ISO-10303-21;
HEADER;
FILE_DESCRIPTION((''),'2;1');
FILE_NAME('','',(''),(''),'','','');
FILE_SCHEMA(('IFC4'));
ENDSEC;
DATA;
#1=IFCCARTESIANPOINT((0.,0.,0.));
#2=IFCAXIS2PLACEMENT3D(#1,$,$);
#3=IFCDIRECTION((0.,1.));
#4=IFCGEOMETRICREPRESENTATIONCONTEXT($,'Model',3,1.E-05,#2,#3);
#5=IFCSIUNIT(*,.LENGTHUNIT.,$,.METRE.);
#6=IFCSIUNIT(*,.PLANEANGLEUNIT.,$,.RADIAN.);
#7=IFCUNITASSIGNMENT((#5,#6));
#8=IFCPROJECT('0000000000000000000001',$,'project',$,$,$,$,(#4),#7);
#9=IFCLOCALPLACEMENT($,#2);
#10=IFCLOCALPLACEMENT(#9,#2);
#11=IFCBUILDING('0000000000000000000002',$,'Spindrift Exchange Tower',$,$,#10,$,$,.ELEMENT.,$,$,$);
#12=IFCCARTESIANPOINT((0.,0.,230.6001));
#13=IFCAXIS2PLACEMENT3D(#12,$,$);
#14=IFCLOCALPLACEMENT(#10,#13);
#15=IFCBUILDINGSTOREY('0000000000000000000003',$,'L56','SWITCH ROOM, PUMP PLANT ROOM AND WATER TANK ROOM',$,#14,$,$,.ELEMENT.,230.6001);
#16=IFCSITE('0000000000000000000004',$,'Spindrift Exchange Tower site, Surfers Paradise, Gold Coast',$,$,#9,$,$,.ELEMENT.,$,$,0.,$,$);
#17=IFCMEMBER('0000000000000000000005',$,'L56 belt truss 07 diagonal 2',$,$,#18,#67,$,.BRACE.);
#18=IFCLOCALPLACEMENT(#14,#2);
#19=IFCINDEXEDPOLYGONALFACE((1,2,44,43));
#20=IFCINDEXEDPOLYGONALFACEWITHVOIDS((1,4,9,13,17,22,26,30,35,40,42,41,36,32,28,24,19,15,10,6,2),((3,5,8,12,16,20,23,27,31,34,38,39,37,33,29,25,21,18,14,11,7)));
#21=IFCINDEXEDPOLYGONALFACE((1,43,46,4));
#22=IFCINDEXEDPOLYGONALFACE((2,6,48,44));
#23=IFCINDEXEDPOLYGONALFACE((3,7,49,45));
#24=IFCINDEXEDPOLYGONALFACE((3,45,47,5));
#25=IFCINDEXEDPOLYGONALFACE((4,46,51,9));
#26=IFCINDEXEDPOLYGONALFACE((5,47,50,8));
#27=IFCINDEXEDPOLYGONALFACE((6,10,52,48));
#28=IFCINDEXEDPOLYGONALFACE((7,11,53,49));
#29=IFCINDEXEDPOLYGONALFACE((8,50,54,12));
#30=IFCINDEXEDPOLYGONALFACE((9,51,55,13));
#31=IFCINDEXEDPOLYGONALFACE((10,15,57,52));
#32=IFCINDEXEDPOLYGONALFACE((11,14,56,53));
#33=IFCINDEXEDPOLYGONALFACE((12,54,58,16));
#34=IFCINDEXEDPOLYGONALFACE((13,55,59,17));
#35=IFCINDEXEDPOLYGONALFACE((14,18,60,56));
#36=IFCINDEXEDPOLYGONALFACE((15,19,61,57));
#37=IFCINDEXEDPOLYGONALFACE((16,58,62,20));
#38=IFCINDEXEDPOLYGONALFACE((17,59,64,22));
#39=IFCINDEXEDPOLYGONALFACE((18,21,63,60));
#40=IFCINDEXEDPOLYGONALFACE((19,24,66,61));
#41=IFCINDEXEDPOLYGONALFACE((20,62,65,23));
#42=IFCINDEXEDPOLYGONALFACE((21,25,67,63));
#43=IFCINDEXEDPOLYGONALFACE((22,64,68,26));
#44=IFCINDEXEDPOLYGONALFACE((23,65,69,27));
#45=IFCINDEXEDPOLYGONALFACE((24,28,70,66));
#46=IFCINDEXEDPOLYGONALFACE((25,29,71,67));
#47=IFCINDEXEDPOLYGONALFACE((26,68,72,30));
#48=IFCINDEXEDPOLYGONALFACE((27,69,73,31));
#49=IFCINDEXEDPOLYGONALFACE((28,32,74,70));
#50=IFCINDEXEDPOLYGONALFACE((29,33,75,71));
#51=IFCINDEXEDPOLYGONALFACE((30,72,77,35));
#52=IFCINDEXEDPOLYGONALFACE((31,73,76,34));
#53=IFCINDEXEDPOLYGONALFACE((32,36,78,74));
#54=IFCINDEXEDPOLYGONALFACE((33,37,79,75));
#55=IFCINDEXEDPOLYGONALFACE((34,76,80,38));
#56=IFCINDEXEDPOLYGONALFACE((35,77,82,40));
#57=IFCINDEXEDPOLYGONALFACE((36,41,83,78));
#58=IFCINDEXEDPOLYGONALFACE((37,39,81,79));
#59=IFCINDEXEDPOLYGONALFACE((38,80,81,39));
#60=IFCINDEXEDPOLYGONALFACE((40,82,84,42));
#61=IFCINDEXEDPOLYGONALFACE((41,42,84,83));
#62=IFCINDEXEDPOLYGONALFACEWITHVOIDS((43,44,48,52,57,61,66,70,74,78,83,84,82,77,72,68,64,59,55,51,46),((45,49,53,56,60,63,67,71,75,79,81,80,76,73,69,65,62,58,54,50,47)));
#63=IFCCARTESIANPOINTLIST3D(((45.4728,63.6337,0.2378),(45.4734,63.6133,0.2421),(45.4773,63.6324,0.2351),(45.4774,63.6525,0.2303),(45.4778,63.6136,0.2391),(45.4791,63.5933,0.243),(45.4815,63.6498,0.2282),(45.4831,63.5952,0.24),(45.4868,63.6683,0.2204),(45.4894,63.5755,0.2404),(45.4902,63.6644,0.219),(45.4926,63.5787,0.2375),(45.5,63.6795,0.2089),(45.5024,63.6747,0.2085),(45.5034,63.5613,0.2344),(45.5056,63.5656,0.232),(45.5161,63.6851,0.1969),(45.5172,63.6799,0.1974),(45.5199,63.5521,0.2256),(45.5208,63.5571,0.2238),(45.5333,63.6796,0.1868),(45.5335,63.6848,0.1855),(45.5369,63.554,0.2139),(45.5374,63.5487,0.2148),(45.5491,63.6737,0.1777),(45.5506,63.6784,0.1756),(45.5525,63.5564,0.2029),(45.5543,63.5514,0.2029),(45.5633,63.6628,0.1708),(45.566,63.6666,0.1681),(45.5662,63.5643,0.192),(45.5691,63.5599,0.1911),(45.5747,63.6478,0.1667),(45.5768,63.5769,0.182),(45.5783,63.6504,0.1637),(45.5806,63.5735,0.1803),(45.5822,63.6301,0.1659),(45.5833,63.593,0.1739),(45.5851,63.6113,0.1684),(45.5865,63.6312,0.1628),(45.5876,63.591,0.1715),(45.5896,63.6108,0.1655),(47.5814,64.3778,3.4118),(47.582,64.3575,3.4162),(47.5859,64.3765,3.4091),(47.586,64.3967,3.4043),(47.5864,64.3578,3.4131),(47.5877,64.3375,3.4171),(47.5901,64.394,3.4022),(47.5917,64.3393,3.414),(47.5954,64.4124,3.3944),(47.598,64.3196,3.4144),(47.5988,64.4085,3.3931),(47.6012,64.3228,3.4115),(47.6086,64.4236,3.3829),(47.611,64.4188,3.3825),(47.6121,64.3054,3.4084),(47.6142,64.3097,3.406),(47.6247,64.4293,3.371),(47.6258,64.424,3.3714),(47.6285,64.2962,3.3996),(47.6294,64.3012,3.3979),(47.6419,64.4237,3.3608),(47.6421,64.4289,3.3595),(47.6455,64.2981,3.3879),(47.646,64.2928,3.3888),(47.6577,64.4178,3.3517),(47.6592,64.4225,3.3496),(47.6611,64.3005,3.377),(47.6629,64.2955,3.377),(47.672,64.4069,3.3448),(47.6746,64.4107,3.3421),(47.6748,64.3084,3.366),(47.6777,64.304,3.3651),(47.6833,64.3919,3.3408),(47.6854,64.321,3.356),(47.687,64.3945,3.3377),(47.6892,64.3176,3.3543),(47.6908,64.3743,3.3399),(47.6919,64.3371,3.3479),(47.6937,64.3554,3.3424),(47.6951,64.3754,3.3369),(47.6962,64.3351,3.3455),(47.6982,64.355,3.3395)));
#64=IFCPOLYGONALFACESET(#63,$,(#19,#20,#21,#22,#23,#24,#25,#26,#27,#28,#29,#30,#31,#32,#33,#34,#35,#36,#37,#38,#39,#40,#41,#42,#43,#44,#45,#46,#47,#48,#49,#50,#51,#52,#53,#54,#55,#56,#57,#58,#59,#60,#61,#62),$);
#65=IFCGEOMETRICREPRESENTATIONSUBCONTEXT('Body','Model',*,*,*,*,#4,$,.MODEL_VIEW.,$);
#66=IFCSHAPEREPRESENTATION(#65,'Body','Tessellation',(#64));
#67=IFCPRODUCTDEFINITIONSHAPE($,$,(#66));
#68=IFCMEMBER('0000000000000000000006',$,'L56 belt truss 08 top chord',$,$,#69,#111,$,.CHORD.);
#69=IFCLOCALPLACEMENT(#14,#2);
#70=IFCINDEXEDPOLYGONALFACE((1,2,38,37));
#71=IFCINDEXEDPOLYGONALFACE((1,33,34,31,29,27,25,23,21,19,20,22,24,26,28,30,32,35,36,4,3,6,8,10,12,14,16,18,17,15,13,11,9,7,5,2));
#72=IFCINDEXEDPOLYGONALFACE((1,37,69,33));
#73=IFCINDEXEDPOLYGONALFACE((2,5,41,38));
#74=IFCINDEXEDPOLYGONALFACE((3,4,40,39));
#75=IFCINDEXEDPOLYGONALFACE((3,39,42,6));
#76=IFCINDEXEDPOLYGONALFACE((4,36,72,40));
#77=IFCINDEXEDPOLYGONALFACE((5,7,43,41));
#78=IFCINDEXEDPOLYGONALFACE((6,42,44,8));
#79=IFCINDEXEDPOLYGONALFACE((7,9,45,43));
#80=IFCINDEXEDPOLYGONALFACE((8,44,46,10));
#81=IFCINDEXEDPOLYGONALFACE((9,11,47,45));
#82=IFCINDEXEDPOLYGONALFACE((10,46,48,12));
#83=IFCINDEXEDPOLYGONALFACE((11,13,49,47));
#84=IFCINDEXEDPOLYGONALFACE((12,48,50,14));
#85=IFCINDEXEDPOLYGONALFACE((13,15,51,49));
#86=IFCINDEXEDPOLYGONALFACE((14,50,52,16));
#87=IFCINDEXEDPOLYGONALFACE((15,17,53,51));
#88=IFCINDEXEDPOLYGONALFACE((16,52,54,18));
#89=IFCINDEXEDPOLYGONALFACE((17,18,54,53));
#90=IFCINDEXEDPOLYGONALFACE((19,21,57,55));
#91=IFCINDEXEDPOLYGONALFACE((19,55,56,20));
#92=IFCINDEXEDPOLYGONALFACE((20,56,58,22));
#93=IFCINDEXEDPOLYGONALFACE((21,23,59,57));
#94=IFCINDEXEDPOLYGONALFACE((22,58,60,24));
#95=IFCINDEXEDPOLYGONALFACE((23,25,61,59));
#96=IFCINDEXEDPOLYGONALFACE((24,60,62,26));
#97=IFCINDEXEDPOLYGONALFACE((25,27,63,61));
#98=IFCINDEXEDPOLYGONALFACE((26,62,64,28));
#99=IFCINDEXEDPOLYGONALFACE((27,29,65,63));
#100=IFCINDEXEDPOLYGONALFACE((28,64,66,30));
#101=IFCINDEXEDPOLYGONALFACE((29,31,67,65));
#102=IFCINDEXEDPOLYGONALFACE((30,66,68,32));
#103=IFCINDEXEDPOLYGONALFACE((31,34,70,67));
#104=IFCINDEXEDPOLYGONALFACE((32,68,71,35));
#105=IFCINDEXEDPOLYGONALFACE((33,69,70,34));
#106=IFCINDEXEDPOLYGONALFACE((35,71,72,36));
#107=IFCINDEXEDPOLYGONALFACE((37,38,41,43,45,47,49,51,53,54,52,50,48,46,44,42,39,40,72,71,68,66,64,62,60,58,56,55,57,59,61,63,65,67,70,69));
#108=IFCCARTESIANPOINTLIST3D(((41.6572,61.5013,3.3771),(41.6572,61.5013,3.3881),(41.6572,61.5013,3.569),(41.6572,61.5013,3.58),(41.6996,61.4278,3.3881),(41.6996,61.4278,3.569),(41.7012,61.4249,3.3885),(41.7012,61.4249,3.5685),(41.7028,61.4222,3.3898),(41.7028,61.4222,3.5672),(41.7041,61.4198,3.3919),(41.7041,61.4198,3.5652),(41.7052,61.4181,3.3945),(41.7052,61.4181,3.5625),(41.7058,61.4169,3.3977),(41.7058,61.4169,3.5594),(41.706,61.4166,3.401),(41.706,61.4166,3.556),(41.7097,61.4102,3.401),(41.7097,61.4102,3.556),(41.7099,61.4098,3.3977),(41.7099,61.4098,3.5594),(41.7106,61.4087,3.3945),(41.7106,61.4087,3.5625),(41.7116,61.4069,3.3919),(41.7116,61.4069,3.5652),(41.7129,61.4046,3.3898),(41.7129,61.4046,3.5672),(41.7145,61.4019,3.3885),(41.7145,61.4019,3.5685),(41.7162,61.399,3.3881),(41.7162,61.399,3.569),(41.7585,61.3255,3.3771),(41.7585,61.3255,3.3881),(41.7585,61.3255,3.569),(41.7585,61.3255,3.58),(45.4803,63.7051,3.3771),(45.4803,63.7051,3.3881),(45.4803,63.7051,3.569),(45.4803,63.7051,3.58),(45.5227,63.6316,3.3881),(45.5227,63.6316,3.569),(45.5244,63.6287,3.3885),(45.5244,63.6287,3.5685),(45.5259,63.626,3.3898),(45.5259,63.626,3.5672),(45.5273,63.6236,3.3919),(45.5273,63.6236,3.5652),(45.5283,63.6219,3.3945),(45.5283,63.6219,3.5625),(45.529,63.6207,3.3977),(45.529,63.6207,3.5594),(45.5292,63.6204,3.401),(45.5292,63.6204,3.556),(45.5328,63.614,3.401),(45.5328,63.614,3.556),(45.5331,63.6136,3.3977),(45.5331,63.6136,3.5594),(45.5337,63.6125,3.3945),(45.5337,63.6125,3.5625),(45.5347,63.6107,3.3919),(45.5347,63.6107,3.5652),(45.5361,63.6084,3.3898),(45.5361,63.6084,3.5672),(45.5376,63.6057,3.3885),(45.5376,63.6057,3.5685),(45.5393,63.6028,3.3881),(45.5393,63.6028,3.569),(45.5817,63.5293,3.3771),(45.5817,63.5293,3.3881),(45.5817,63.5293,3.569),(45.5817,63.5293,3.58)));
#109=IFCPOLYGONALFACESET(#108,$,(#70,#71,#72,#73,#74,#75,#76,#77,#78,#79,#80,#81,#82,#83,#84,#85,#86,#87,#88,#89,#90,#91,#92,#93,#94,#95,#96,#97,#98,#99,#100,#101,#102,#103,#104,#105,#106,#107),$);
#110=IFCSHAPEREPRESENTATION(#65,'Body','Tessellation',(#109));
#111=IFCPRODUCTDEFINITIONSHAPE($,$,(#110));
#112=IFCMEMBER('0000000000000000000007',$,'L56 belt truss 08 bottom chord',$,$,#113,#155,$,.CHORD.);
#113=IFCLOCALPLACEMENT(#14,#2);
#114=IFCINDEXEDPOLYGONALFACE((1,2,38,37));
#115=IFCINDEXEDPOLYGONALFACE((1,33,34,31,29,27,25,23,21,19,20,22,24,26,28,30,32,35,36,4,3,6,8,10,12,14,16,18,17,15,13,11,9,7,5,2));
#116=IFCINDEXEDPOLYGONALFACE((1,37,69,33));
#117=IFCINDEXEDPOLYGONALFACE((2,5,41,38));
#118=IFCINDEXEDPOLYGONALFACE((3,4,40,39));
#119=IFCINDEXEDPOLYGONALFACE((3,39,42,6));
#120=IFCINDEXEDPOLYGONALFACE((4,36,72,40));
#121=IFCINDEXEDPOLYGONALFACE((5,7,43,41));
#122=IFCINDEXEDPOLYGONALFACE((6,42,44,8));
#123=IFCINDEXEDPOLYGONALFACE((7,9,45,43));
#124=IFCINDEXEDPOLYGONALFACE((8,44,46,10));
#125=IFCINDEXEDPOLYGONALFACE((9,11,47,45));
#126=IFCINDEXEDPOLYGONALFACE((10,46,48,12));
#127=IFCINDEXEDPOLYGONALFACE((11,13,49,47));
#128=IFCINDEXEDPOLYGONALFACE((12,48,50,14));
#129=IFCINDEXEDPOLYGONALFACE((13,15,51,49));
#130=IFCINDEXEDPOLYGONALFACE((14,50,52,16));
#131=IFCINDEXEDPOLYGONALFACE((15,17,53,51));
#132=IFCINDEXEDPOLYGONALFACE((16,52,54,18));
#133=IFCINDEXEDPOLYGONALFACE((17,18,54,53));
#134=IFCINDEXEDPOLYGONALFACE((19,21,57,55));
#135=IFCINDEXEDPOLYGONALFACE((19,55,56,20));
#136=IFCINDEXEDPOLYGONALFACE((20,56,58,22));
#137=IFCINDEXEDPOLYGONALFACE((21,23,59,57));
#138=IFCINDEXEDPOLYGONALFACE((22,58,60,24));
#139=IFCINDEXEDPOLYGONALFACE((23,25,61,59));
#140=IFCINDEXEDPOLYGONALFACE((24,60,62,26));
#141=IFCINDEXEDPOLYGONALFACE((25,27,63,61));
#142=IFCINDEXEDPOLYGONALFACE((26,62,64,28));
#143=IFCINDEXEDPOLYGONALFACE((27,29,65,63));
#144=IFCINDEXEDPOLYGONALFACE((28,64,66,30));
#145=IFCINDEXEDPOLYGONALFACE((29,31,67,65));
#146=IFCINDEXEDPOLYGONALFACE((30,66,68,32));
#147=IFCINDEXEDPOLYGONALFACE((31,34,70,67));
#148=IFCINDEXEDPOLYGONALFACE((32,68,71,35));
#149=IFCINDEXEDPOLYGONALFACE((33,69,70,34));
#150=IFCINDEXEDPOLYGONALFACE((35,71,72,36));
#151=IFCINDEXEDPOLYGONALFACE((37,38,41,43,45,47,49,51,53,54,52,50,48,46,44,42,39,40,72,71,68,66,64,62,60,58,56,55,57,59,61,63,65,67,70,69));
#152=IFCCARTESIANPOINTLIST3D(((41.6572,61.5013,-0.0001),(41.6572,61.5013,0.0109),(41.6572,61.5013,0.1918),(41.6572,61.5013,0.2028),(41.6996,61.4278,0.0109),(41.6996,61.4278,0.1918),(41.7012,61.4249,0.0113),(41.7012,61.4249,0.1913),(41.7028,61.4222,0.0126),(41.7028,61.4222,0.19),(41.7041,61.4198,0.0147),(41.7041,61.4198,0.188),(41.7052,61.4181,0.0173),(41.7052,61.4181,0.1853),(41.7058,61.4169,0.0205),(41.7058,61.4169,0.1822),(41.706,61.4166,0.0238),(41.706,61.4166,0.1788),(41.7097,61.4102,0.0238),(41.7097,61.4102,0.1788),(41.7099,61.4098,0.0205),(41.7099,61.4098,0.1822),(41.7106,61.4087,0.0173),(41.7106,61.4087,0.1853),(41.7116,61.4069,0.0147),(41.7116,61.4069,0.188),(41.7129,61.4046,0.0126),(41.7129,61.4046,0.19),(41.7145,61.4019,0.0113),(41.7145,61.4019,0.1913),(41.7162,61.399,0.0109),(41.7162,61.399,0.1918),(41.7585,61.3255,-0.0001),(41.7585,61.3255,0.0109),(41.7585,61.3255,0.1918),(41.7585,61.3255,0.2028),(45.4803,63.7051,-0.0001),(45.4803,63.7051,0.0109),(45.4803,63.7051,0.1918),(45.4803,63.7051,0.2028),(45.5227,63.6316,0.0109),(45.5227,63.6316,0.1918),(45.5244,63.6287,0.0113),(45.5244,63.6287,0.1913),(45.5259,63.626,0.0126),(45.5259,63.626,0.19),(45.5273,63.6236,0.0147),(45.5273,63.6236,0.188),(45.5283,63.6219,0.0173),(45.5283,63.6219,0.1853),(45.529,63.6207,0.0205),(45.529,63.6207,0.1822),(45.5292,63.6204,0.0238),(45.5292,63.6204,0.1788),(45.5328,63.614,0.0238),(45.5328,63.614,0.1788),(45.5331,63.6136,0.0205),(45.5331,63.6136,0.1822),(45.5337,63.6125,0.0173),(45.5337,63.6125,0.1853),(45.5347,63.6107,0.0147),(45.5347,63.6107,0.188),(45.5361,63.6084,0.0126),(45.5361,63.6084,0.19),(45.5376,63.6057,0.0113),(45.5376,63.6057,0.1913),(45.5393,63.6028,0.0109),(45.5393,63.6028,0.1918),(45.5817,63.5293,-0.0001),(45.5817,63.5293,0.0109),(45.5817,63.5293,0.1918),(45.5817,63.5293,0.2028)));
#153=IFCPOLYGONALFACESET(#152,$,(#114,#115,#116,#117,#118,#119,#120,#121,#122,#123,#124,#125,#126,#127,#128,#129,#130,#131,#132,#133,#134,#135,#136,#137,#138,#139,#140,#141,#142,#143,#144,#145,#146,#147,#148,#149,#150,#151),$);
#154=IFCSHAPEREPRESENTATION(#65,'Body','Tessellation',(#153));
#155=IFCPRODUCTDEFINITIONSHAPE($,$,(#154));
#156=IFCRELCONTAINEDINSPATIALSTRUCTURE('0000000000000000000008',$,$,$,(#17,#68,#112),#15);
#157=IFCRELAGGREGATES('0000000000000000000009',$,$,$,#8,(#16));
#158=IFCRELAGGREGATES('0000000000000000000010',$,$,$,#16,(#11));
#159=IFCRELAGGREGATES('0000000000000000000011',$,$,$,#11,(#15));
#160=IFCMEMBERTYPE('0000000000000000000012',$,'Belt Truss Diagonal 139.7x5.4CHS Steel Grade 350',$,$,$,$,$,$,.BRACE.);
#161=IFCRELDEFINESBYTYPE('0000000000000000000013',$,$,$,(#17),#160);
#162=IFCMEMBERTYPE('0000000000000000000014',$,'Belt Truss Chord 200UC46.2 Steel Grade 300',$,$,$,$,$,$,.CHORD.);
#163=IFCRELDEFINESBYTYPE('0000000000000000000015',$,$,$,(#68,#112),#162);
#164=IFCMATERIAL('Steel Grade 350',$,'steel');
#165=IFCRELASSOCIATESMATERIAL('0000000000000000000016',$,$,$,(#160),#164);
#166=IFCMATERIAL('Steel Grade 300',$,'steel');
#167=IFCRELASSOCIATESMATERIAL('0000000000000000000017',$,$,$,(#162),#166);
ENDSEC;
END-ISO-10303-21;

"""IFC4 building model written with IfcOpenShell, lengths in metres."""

from ifc_helpers import new_model, si_unit, direction, frame, origin, origin_2d, place, context, subcontext, project, spatial, hollow_circle, i_section, extrude, source, transform, mapped, material, material_profile, profile_set, type_object, element, save


model = new_model("IFC4")

# Units and contexts
model_context = context("Model", 3, precision=1e-05, world=origin(), true_north=direction((0.0, 1.0)))
body_context = subcontext(model_context, "Body", "Model", "MODEL_VIEW")
ifc_project = project(units=[si_unit("LENGTHUNIT", "METRE"), si_unit("PLANEANGLEUNIT", "RADIAN")], contexts=[model_context])

# Site, building, storey
site_placement = place(None, origin())
site = spatial("IfcSite", under=ifc_project, at=site_placement, Name="Spindrift Exchange Tower site, Surfers Paradise, Gold Coast", CompositionType="ELEMENT", RefElevation=0.0)
building_placement = place(site_placement, origin())
building = spatial("IfcBuilding", under=site, at=building_placement, Name="Spindrift Exchange Tower", CompositionType="ELEMENT")
storey_placement = place(building_placement, frame((0.0, 0.0, 230.6001)))
storey = spatial("IfcBuildingStorey", under=building, at=storey_placement, Name="L56", Description="SWITCH ROOM, PUMP PLANT ROOM AND WATER TANK ROOM", CompositionType="ELEMENT", Elevation=230.6001)

# Members
ifc_material_1 = material(Name="Steel Grade 300", Category="steel")
ifc_material_2 = material(Name="Steel Grade 350", Category="steel")
ifc_material_profile_1 = material_profile(ifc_material_2, hollow_circle(Radius=0.0698, WallThickness=0.0054, at=origin_2d()), Name="139.7x5.4CHS")
ifc_profile_set_1 = profile_set([ifc_material_profile_1], Name="Steel Grade 350")
member_type_1 = type_object("IfcMemberType", Name="Belt Truss Diagonal 139.7x5.4CHS Steel Grade 350", PredefinedType="BRACE", material=ifc_profile_set_1)
ifc_material_profile_2 = material_profile(ifc_material_1, i_section(OverallWidth=0.2029, OverallDepth=0.2029, WebThickness=0.0073, FlangeThickness=0.011, FilletRadius=0.0129, at=origin_2d()), Name="200UC46.2")
ifc_profile_set_2 = profile_set([ifc_material_profile_2], Name="Steel Grade 300")
member_type_2 = type_object("IfcMemberType", Name="Belt Truss Chord 200UC46.2 Steel Grade 300", PredefinedType="CHORD", material=ifc_profile_set_2)
shared_shape_1 = source(origin(), body_context, "Body", "SweptSolid", [
    extrude(hollow_circle(Radius=0.0698, WallThickness=0.0054, at=origin_2d()), origin(), (0.0, 0.0, 1.0), 3.8826),
])
for number, where, z_axis, x_axis, name in (
    (1, (47.6396, 64.3613, 3.377), (-0.543096, -0.191659, -0.817505), (0.332786, -0.943002, 0.0), "L56 belt truss 07 diagonal 2"),
):
    element("IfcMember", number, at=place(storey_placement, frame(where, z_axis=z_axis, x_axis=x_axis)), inside=storey, type_object=member_type_1, Name=name, PredefinedType="BRACE", context=body_context, shape_type="MappedRepresentation", body=[
        mapped(shared_shape_1, transform((0.0, 0.0, 0.0), scale=1.0)),
    ])
shared_shape_2 = source(origin(), body_context, "Body", "SweptSolid", [
    extrude(i_section(OverallWidth=0.2029, OverallDepth=0.2029, WebThickness=0.0073, FlangeThickness=0.011, FilletRadius=0.0129, at=origin_2d()), origin(), (0.0, 0.0, 1.0), 4.4128),
])
for number, where, z_axis, x_axis, name in (
    (2, (45.531, 63.6172, 3.4785), (-0.866368, -0.499406, 0.0), (0.499406, -0.866368, 0.0), "L56 belt truss 08 top chord"),
    (3, (45.531, 63.6172, 0.1013), (-0.866368, -0.499406, 0.0), (0.499406, -0.866368, 0.0), "L56 belt truss 08 bottom chord"),
):
    element("IfcMember", number, at=place(storey_placement, frame(where, z_axis=z_axis, x_axis=x_axis)), inside=storey, type_object=member_type_2, Name=name, PredefinedType="CHORD", context=body_context, shape_type="MappedRepresentation", body=[
        mapped(shared_shape_2, transform((0.0, 0.0, 0.0), scale=1.0)),
    ])

save(model, "model.ifc")
